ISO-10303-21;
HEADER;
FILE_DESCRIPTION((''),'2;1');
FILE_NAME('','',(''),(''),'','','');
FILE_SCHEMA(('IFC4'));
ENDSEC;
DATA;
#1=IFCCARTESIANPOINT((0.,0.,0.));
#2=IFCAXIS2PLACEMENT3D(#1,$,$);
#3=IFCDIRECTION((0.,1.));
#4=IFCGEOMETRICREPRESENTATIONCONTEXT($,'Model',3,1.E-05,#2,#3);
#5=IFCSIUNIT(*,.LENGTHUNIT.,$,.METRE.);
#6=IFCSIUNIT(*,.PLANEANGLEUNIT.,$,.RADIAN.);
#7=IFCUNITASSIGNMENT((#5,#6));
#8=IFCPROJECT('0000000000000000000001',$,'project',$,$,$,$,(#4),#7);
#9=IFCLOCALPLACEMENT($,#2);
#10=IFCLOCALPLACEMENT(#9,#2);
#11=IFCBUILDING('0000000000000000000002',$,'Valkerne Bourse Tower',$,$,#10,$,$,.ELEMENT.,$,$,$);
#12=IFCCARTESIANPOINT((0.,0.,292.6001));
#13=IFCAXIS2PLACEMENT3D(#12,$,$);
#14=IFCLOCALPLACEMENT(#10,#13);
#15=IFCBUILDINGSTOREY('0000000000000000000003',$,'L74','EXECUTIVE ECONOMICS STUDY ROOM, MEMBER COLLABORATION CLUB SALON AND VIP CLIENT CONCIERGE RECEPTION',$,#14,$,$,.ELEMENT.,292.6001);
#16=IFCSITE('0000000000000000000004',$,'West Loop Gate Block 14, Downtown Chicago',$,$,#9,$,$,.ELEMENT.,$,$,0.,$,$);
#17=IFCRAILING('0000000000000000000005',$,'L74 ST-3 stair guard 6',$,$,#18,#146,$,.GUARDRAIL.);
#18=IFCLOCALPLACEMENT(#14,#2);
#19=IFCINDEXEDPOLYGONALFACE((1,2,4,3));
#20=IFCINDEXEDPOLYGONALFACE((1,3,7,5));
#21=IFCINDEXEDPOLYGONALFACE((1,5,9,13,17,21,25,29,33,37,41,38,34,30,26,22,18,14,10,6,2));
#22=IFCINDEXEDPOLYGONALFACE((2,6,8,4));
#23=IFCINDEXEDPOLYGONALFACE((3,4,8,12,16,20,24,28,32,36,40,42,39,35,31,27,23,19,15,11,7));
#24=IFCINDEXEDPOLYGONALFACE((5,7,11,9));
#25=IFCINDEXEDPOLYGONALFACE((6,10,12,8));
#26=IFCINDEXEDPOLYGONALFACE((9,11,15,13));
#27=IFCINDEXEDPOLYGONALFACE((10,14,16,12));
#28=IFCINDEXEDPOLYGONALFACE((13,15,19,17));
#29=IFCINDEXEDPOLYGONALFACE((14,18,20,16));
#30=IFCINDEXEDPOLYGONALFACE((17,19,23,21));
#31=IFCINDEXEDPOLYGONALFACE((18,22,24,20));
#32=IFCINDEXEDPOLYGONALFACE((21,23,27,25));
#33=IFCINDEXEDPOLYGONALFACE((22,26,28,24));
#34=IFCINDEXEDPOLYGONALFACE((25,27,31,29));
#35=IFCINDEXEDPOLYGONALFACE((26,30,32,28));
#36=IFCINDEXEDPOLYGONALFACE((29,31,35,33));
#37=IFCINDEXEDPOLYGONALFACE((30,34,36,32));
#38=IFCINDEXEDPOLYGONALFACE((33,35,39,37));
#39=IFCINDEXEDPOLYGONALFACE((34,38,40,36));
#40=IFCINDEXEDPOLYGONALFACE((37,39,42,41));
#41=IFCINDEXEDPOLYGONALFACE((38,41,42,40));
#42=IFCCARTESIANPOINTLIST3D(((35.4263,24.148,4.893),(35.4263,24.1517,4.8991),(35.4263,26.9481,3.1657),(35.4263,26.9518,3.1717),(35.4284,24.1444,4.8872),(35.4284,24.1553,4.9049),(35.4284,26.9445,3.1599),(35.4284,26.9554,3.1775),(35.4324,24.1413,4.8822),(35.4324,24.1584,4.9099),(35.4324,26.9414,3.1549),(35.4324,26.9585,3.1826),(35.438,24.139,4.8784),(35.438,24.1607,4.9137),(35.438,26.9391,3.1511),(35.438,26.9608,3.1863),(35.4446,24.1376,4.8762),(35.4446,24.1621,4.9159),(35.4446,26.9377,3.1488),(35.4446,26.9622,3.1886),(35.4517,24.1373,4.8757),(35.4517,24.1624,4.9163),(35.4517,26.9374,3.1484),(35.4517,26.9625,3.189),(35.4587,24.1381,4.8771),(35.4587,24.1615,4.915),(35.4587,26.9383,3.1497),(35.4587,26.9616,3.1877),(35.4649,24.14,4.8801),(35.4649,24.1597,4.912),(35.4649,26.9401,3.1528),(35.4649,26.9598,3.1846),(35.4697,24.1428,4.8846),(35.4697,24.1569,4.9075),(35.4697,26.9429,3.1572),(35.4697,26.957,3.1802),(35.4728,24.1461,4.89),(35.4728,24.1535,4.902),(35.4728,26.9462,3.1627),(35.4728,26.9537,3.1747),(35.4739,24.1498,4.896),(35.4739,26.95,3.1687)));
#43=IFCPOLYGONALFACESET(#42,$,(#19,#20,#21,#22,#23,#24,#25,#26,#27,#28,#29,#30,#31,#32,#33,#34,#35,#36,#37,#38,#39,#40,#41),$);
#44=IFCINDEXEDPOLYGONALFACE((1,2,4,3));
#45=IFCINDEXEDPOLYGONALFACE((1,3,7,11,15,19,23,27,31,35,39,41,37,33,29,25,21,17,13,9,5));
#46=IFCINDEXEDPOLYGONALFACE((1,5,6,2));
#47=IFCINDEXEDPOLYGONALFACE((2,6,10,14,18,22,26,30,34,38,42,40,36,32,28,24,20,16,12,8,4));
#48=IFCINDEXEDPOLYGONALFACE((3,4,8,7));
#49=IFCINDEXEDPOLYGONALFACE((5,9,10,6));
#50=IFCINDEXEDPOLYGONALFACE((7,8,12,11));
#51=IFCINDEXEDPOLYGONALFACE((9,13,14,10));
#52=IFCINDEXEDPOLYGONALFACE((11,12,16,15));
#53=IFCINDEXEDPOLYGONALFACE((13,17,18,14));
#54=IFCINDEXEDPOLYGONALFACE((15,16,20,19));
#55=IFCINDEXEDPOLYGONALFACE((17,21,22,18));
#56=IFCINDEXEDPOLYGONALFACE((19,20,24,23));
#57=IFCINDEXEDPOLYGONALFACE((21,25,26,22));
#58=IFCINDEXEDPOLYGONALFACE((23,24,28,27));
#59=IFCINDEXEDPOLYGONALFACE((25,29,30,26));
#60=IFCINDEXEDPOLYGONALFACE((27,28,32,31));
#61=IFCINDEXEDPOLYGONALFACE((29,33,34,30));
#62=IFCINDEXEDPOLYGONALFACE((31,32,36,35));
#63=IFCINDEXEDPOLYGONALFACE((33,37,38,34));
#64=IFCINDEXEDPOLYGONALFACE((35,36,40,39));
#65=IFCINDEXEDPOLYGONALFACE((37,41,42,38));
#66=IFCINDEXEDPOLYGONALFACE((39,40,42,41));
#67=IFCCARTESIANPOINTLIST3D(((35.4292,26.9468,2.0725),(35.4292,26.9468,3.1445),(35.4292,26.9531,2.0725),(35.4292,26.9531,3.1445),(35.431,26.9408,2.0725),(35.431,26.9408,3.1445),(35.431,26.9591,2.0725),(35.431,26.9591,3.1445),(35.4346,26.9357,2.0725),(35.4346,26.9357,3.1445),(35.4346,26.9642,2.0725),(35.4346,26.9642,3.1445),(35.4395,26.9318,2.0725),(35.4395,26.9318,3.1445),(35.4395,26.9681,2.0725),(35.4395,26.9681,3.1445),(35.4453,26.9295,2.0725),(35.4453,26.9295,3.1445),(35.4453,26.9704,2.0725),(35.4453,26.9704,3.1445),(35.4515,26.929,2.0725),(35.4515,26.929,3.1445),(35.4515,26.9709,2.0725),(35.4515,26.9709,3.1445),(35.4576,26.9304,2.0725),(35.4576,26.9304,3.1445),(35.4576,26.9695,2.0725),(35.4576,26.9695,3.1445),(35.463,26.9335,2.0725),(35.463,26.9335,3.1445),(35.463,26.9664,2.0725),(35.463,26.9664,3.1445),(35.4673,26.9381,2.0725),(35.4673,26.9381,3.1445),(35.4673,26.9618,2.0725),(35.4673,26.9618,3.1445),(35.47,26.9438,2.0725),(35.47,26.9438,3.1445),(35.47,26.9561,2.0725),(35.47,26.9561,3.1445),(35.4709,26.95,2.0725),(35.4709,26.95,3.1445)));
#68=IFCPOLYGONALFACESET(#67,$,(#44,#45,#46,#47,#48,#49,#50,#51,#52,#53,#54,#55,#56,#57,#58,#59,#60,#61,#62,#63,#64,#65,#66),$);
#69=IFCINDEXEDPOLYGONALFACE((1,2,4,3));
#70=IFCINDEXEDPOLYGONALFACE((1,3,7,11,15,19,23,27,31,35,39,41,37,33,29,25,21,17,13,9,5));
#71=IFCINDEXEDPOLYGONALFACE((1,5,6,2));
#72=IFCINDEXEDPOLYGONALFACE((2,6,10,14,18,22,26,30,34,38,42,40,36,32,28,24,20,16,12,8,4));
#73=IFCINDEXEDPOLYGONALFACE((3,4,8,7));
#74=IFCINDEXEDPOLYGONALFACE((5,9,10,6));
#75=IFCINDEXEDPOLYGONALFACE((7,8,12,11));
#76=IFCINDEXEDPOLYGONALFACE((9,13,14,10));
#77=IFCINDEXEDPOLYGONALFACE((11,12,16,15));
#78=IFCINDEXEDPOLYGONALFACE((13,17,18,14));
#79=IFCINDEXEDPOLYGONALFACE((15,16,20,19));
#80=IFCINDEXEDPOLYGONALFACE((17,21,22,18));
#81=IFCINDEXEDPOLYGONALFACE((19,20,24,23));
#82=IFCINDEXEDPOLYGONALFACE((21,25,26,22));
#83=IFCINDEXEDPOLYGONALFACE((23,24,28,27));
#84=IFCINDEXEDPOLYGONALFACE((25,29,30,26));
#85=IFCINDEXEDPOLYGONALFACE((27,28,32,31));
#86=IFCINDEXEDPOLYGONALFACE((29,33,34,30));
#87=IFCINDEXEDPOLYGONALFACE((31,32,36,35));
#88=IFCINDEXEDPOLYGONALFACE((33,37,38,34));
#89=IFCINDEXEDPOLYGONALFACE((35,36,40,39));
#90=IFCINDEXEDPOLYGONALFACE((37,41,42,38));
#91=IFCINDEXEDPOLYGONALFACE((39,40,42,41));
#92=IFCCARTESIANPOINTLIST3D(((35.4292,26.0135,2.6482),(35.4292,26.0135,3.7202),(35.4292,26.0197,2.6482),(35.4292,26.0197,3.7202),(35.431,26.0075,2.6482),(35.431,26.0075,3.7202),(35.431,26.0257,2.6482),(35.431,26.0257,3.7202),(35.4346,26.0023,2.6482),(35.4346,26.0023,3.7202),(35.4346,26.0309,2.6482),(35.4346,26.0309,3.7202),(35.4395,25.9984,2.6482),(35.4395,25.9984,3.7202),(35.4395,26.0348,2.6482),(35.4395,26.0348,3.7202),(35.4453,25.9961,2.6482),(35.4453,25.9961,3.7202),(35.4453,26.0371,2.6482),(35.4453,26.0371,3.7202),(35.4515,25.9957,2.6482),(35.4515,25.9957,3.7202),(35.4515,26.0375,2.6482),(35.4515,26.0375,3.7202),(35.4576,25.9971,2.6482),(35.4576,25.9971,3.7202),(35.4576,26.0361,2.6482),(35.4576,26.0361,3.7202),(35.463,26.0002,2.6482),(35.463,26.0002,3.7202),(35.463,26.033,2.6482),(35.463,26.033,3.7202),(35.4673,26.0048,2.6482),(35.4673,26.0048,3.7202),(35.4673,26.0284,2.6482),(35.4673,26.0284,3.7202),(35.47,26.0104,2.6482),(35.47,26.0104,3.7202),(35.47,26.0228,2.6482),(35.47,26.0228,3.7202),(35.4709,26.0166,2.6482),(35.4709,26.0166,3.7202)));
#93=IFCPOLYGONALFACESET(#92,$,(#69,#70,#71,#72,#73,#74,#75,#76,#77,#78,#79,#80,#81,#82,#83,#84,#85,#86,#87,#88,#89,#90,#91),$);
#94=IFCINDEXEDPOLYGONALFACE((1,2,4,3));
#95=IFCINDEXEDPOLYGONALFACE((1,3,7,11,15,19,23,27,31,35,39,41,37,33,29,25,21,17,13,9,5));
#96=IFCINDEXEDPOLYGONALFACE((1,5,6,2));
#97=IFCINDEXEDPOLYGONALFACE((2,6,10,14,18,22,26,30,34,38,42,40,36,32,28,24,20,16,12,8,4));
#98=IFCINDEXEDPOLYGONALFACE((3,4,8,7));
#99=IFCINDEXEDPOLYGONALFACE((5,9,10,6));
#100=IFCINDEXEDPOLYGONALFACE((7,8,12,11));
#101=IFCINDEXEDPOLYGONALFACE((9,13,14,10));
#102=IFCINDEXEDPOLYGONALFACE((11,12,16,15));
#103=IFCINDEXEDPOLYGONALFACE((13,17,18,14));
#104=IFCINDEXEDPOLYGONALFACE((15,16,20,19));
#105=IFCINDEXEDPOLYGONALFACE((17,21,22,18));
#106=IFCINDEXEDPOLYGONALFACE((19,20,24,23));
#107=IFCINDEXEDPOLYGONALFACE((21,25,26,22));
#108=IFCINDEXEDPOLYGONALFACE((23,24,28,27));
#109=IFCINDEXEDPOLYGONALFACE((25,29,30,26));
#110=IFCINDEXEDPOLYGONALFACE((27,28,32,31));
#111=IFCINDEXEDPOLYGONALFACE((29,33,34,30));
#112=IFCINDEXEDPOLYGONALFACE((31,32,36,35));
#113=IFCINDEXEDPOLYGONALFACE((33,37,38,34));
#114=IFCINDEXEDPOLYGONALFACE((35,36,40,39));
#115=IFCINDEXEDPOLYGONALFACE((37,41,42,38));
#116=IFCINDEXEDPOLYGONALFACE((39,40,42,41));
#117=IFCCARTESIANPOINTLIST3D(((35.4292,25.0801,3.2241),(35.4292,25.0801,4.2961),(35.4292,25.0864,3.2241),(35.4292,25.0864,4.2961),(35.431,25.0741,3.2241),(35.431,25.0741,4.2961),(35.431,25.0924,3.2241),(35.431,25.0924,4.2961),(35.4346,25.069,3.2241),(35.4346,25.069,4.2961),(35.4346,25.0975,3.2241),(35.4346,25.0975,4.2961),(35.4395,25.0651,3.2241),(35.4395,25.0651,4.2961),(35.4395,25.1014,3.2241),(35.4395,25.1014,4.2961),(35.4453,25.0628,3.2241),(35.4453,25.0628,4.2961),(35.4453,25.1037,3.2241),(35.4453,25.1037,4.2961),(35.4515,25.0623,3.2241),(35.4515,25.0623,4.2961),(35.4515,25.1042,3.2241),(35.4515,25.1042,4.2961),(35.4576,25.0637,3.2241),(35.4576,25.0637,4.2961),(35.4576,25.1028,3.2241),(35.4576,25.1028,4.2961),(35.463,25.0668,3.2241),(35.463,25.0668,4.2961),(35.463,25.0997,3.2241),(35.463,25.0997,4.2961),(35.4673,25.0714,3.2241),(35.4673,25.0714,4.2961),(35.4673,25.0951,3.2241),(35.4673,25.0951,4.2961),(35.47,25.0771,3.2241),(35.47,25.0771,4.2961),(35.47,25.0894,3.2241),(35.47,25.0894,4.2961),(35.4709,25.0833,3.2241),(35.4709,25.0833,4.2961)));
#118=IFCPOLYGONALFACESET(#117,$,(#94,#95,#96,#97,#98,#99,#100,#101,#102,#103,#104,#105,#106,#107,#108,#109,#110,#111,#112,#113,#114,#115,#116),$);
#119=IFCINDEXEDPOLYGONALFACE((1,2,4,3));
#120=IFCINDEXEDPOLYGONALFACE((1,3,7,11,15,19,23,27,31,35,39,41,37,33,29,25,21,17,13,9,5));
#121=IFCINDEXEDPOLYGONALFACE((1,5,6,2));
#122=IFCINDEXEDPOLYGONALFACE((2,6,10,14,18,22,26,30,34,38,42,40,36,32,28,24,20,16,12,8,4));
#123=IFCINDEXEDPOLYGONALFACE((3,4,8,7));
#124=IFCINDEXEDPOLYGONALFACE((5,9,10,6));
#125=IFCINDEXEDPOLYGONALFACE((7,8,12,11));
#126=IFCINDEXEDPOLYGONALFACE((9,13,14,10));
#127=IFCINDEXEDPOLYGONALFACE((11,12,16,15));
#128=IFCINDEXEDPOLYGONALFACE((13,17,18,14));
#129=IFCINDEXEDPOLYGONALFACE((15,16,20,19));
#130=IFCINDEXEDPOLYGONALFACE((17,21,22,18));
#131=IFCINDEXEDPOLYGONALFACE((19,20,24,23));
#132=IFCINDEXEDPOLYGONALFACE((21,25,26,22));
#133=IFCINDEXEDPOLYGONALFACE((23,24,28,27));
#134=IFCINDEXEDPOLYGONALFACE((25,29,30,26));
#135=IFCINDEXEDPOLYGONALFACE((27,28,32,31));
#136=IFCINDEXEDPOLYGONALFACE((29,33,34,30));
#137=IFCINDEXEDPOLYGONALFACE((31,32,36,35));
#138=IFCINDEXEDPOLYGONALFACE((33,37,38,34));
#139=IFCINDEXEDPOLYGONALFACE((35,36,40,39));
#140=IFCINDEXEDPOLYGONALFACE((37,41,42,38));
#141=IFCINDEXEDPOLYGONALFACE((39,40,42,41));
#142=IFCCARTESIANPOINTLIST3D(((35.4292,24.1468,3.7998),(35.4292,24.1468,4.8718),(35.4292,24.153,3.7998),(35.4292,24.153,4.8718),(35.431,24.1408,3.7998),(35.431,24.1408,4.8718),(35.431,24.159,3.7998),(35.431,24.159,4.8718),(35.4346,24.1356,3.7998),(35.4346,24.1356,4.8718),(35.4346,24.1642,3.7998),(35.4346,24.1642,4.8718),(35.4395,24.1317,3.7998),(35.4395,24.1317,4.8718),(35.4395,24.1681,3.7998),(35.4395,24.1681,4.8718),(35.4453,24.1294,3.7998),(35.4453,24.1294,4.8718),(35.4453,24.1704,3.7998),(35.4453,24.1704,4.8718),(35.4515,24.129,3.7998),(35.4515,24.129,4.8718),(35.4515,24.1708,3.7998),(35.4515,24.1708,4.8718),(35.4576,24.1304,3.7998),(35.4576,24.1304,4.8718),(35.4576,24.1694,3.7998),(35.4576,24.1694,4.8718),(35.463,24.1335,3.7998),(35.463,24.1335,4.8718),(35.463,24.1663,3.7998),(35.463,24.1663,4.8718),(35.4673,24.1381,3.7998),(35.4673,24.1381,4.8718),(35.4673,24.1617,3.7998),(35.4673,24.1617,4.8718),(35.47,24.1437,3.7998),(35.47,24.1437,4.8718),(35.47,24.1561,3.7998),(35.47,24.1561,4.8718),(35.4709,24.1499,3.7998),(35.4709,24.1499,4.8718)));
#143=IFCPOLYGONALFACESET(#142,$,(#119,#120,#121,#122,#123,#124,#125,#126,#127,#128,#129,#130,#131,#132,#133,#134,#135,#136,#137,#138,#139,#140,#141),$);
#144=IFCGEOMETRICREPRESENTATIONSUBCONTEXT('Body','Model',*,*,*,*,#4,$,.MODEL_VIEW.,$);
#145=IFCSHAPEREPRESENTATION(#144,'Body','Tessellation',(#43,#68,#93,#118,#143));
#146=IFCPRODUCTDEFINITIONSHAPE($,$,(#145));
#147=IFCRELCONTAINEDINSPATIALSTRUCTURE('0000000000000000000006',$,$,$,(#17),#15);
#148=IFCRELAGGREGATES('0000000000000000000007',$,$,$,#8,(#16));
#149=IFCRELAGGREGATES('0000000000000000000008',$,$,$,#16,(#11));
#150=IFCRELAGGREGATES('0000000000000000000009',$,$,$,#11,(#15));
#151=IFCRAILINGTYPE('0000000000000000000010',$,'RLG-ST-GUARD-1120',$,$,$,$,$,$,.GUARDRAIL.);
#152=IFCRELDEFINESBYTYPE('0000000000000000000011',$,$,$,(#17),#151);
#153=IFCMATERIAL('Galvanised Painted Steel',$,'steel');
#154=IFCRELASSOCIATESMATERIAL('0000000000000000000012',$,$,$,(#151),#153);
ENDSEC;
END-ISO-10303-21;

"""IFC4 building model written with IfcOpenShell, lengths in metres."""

from ifc_helpers import new_model, si_unit, direction, frame, origin, origin_2d, place, context, subcontext, project, spatial, circle, extrude, material, type_object, element, save


model = new_model("IFC4")

# Units and contexts
model_context = context("Model", 3, precision=1e-05, world=origin(), true_north=direction((0.0, 1.0)))
body_context = subcontext(model_context, "Body", "Model", "MODEL_VIEW")
ifc_project = project(units=[si_unit("LENGTHUNIT", "METRE"), si_unit("PLANEANGLEUNIT", "RADIAN")], contexts=[model_context])

# Site, building, storey
site_placement = place(None, origin())
site = spatial("IfcSite", under=ifc_project, at=site_placement, Name="West Loop Gate Block 14, Downtown Chicago", CompositionType="ELEMENT", RefElevation=0.0)
building_placement = place(site_placement, origin())
building = spatial("IfcBuilding", under=site, at=building_placement, Name="Valkerne Bourse Tower", CompositionType="ELEMENT")
storey_placement = place(building_placement, frame((0.0, 0.0, 292.6001)))
storey = spatial("IfcBuildingStorey", under=building, at=storey_placement, Name="L74", Description="EXECUTIVE ECONOMICS STUDY ROOM, MEMBER COLLABORATION CLUB SALON AND VIP CLIENT CONCIERGE RECEPTION", CompositionType="ELEMENT", Elevation=292.6001)

# Railing
ifc_material_1 = material(Name="Galvanised Painted Steel", Category="steel")
railing_type_1 = type_object("IfcRailingType", Name="RLG-ST-GUARD-1120", PredefinedType="GUARDRAIL", material=ifc_material_1)
railing_1_placement = place(storey_placement, frame((35.45, 26.95, 2.0725)))
element("IfcRailing", 1, at=railing_1_placement, inside=storey, type_object=railing_type_1, Name="L74 ST-3 stair guard 6", PredefinedType="GUARDRAIL", context=body_context, shape_type="SweptSolid", body=[
    extrude(circle(Radius=0.0239, at=origin_2d()), frame((0.0, 0.0, 1.0962), z_axis=(0.0, -0.85109, 0.52502), x_axis=(1.0, 0.0, 0.0)), (0.0, 0.0, 1.0), 3.29),
    extrude(circle(Radius=0.021, at=origin_2d()), origin(), (0.0, 0.0, 1.0), 1.072),
    extrude(circle(Radius=0.021, at=origin_2d()), frame((0.0, -0.9333, 0.5757)), (0.0, 0.0, 1.0), 1.072),
    extrude(circle(Radius=0.021, at=origin_2d()), frame((0.0, -1.8667, 1.1516)), (0.0, 0.0, 1.0), 1.072),
    extrude(circle(Radius=0.021, at=origin_2d()), frame((0.0, -2.8, 1.7273)), (0.0, 0.0, 1.0), 1.072),
])

save(model, "model.ifc")
